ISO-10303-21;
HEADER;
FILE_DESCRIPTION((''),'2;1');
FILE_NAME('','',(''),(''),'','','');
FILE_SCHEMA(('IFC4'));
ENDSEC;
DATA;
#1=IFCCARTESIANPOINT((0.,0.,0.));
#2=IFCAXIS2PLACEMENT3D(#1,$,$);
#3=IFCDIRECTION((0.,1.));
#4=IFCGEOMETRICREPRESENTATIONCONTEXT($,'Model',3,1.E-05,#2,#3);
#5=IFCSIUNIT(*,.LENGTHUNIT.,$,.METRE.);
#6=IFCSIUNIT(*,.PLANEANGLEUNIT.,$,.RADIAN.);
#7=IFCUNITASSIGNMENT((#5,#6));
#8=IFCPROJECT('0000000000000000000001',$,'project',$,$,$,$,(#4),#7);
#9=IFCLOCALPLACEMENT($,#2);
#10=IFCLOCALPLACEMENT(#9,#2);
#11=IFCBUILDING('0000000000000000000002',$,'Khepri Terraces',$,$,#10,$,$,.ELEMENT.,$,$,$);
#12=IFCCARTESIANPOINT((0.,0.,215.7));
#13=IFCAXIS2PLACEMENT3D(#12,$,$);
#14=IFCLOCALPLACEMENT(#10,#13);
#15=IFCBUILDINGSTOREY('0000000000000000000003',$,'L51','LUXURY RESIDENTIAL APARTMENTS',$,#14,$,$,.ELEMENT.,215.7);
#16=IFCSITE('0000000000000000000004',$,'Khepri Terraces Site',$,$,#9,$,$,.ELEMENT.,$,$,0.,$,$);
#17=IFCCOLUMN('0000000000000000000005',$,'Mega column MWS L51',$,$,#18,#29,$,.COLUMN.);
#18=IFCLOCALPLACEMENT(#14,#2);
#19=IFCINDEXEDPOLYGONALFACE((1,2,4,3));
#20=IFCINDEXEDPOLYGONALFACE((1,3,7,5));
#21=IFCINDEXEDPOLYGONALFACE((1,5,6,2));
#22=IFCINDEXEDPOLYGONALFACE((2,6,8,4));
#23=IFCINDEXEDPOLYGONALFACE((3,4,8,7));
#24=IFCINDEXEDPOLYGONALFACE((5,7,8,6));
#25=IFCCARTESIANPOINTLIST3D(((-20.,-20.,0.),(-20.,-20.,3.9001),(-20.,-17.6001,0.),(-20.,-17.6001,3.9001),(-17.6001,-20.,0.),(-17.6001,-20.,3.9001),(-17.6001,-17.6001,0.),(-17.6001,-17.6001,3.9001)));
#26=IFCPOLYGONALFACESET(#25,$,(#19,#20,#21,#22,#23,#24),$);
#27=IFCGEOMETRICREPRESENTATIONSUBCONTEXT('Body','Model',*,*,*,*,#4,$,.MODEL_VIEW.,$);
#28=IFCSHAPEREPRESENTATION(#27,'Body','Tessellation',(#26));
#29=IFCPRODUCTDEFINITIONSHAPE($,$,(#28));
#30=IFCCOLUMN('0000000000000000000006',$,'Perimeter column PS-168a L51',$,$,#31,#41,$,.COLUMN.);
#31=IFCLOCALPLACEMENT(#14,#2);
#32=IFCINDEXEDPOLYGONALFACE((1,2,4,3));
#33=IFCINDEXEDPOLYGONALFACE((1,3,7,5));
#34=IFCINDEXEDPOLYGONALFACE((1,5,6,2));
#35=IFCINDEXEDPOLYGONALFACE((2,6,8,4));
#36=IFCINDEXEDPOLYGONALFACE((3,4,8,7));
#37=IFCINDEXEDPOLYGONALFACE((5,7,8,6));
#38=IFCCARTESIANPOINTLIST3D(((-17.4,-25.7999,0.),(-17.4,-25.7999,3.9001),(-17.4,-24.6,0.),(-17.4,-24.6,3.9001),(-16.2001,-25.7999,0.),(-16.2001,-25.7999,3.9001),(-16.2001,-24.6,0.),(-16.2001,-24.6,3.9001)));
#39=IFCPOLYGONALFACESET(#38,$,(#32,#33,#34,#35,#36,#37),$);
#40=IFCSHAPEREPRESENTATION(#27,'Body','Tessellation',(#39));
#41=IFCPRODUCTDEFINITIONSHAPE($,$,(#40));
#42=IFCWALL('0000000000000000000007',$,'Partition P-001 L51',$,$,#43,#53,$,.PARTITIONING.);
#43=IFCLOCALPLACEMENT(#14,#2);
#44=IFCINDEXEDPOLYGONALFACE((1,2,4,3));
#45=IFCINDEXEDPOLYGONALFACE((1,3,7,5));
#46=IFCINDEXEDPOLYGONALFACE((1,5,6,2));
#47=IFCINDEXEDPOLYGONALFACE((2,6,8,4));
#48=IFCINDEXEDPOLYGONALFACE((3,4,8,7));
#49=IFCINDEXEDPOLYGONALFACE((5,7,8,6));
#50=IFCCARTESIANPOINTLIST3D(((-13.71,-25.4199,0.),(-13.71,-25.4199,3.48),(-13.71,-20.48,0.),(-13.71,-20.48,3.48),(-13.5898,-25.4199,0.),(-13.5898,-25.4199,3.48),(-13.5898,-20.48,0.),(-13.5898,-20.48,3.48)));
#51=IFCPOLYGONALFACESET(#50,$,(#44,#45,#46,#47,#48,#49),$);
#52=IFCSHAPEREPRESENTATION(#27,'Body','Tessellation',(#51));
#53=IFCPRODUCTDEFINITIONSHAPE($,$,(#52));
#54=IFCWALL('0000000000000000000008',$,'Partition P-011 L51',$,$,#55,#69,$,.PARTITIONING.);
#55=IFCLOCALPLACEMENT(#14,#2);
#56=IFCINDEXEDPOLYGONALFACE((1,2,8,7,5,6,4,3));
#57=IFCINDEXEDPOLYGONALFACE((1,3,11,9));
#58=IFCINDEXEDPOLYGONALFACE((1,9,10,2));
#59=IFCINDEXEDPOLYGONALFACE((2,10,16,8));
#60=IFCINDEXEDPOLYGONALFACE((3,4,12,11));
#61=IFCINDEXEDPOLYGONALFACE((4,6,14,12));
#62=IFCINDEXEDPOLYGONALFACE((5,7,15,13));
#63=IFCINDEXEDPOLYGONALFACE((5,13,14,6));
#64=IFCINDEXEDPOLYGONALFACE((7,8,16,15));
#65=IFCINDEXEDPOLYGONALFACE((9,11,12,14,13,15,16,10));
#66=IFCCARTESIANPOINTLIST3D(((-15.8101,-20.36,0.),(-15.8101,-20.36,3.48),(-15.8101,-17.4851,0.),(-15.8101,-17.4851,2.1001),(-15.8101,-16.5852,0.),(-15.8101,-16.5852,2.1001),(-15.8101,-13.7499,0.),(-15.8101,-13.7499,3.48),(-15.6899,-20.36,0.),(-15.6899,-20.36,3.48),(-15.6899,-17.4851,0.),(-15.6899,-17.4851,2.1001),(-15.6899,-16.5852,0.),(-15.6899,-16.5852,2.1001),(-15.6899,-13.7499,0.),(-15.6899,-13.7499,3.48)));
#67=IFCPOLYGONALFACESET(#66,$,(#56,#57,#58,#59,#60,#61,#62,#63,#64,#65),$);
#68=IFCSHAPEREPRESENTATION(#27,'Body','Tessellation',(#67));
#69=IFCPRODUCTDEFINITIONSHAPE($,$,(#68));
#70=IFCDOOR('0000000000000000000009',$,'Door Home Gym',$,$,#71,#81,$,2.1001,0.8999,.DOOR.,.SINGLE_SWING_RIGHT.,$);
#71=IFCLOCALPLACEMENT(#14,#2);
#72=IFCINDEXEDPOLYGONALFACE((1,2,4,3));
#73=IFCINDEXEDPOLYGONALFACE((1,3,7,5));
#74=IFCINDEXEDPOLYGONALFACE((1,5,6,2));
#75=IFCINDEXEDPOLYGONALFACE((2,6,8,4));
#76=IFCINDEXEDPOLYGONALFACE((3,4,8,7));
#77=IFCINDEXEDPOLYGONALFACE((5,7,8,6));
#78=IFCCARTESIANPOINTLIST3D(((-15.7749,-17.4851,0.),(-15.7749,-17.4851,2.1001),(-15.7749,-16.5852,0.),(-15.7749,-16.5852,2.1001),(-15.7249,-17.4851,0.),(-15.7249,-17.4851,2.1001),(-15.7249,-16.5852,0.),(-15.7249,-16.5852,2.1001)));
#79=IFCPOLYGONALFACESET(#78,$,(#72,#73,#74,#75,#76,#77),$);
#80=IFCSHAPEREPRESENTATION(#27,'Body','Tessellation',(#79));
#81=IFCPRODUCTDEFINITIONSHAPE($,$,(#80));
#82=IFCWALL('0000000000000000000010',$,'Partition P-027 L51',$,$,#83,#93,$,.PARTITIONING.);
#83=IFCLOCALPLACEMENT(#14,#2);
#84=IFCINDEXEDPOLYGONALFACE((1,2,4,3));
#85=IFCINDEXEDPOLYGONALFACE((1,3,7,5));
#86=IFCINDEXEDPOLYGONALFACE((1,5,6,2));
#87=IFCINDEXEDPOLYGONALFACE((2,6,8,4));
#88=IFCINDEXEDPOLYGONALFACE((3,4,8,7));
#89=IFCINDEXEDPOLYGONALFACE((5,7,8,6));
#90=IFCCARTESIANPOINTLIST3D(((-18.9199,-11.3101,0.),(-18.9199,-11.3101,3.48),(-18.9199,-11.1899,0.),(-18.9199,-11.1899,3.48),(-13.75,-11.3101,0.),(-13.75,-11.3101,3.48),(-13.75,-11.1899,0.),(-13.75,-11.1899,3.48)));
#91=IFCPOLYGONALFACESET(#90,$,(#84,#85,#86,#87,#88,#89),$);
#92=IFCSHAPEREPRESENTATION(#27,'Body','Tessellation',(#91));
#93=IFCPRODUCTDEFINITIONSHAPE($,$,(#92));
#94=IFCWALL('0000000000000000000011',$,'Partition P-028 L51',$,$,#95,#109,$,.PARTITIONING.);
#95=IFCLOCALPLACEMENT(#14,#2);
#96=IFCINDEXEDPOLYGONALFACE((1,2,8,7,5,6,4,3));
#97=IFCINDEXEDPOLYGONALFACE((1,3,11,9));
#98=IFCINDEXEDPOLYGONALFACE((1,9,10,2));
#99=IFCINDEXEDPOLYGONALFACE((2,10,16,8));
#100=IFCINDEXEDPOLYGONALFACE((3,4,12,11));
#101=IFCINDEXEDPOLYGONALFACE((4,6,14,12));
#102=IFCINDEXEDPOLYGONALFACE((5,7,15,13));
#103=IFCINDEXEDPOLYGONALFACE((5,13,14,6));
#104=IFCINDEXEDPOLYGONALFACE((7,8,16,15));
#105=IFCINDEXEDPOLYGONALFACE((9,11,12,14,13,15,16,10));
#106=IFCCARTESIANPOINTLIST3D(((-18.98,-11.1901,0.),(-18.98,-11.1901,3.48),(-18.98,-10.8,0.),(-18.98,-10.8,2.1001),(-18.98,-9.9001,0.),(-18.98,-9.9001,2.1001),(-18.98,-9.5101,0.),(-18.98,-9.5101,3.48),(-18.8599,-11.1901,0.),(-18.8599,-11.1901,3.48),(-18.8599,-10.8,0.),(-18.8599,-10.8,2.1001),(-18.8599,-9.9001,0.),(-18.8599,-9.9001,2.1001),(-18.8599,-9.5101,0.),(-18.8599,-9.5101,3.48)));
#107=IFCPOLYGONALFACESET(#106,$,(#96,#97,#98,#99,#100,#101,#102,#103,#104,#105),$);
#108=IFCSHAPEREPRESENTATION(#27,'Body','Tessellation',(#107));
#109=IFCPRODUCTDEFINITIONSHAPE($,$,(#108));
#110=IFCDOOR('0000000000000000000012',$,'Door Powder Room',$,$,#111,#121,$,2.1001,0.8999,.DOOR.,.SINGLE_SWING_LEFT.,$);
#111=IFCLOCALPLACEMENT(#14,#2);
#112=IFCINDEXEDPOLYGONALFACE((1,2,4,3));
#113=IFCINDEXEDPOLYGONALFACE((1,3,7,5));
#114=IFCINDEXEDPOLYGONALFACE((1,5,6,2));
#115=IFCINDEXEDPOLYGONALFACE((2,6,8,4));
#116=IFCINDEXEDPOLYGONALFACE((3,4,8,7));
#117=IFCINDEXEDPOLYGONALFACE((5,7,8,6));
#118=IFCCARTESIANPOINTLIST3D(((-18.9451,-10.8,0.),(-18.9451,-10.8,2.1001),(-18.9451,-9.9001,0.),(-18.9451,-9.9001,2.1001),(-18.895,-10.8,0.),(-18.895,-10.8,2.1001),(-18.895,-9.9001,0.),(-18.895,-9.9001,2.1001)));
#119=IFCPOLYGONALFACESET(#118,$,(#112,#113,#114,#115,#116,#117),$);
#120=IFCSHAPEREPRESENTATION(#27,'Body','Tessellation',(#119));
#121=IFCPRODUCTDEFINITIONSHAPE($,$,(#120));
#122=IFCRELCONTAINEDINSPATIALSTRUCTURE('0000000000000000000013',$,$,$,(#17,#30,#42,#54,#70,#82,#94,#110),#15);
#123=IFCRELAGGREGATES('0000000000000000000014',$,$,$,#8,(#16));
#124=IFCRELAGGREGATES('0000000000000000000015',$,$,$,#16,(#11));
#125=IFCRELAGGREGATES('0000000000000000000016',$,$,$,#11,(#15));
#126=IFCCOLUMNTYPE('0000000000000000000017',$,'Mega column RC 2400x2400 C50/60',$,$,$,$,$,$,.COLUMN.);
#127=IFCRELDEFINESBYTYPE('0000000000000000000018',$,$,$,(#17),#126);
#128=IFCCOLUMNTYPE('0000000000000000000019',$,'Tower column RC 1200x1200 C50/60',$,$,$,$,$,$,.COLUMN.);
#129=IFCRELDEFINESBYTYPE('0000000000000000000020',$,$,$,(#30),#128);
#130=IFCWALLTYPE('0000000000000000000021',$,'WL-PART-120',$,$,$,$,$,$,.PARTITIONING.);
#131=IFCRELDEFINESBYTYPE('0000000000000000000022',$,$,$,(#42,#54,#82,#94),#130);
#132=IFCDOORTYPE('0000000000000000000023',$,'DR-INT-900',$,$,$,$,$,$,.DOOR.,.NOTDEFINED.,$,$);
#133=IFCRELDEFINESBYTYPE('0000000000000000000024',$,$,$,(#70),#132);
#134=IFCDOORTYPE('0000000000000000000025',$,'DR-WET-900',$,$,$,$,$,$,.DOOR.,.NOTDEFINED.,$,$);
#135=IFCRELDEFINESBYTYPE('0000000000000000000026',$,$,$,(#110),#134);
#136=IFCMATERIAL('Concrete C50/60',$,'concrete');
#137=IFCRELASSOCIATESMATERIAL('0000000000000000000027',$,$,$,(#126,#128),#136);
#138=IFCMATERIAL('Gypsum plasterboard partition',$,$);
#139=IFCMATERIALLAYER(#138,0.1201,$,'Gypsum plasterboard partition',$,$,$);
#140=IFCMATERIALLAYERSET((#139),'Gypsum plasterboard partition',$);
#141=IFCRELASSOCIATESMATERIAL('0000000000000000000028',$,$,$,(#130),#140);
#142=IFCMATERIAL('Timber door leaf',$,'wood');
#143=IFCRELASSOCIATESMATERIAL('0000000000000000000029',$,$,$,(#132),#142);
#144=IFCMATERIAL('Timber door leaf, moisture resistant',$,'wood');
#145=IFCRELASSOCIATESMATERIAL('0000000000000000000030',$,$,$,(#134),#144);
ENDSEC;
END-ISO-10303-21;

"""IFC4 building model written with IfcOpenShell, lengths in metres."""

from ifc_helpers import new_model, si_unit, direction, frame, frame_2d, origin, origin_2d, place, context, subcontext, project, spatial, rectangle, extrude, material, layer, layer_set, material_profile, profile_set, type_object, element, fill, save


model = new_model("IFC4")

# Units and contexts
model_context = context("Model", 3, precision=1e-05, world=origin(), true_north=direction((0.0, 1.0)))
body_context = subcontext(model_context, "Body", "Model", "MODEL_VIEW")
ifc_project = project(units=[si_unit("LENGTHUNIT", "METRE"), si_unit("PLANEANGLEUNIT", "RADIAN")], contexts=[model_context])

# Site, building, storey
site_placement = place(None, origin())
site = spatial("IfcSite", under=ifc_project, at=site_placement, Name="Khepri Terraces Site", CompositionType="ELEMENT", RefElevation=0.0)
building_placement = place(site_placement, origin())
building = spatial("IfcBuilding", under=site, at=building_placement, Name="Khepri Terraces", CompositionType="ELEMENT")
storey_placement = place(building_placement, frame((0.0, 0.0, 215.7)))
storey = spatial("IfcBuildingStorey", under=building, at=storey_placement, Name="L51", Description="LUXURY RESIDENTIAL APARTMENTS", CompositionType="ELEMENT", Elevation=215.7)

# Columns
ifc_material_1 = material(Name="Concrete C50/60", Category="concrete")
ifc_material_profile_1 = material_profile(ifc_material_1, rectangle(XDim=2.3999, YDim=2.3999, at=origin_2d()), Name="Concrete C50/60", Category="concrete")
ifc_profile_set_1 = profile_set([ifc_material_profile_1], Name="Concrete C50/60")
column_type_1 = type_object("IfcColumnType", Name="Mega column RC 2400x2400 C50/60", PredefinedType="COLUMN", material=ifc_profile_set_1)
column_1_placement = place(storey_placement, frame((-18.8, -18.8, 0.0), z_axis=(0.0, 0.0, 1.0), x_axis=(1.0, 0.0, 0.0)))
element("IfcColumn", 1, at=column_1_placement, inside=storey, type_object=column_type_1, Name="Mega column MWS L51", PredefinedType="COLUMN", context=body_context, shape_type="SweptSolid", body=[
    extrude(rectangle(XDim=2.3999, YDim=2.3999, at=origin_2d()), origin(), (0.0, 0.0, 1.0), 3.9001),
])
ifc_material_profile_2 = material_profile(ifc_material_1, rectangle(XDim=1.2, YDim=1.2, at=origin_2d()), Name="Concrete C50/60", Category="concrete")
ifc_profile_set_2 = profile_set([ifc_material_profile_2], Name="Concrete C50/60")
column_type_2 = type_object("IfcColumnType", Name="Tower column RC 1200x1200 C50/60", PredefinedType="COLUMN", material=ifc_profile_set_2)
column_2_placement = place(storey_placement, frame((-16.8, -25.2, 0.0), z_axis=(0.0, 0.0, 1.0), x_axis=(1.0, 0.0, 0.0)))
element("IfcColumn", 2, at=column_2_placement, inside=storey, type_object=column_type_2, Name="Perimeter column PS-168a L51", PredefinedType="COLUMN", context=body_context, shape_type="SweptSolid", body=[
    extrude(rectangle(XDim=1.2, YDim=1.2, at=origin_2d()), origin(), (0.0, 0.0, 1.0), 3.9001),
])

# Wall
ifc_material_2 = material(Name="Gypsum plasterboard partition")
ifc_layer_1 = layer(ifc_material_2, 0.1201, Name="Gypsum plasterboard partition")
ifc_layer_set_1 = layer_set([ifc_layer_1], Name="Gypsum plasterboard partition")
wall_type_1 = type_object("IfcWallType", Name="WL-PART-120", PredefinedType="PARTITIONING", material=ifc_layer_set_1)
wall_1_placement = place(storey_placement, frame((-13.6499, -25.4199, 0.0), z_axis=(0.0, 0.0, 1.0), x_axis=(0.0, 1.0, 0.0)))
element("IfcWall", 3, at=wall_1_placement, inside=storey, type_object=wall_type_1, Name="Partition P-001 L51", PredefinedType="PARTITIONING", context=body_context, shape_type="SweptSolid", body=[
    extrude(rectangle(XDim=4.9399, YDim=0.1201, at=frame_2d((2.47, 0.0))), origin(), (0.0, 0.0, 1.0), 3.48),
])

# Wall, opening, door
wall_2_placement = place(storey_placement, frame((-15.75, -20.3601, 0.0), z_axis=(0.0, 0.0, 1.0), x_axis=(0.0, 1.0, 0.0)))
wall_2 = element("IfcWall", 4, at=wall_2_placement, inside=storey, type_object=wall_type_1, Name="Partition P-011 L51", PredefinedType="PARTITIONING", context=body_context, shape_type="SweptSolid", body=[
    extrude(rectangle(XDim=6.6101, YDim=0.1201, at=frame_2d((3.3052, 0.0))), origin(), (0.0, 0.0, 1.0), 3.48),
])
opening_1_placement = place(wall_2_placement, frame((2.875, 0.0, 0.0)))
opening_1 = element("IfcOpeningElement", 5, at=opening_1_placement, cuts=wall_2, PredefinedType="OPENING", context=body_context, shape_type="SweptSolid", body=[
    extrude(rectangle(XDim=0.8999, YDim=2.1001, at=frame_2d((0.45, 1.05))), frame((0.0, 0.0701, 0.0), z_axis=(0.0, -1.0, 0.0), x_axis=(1.0, 0.0, 0.0)), (0.0, 0.0, 1.0), 0.1401),
])
ifc_material_3 = material(Name="Timber door leaf", Category="wood")
door_type_1 = type_object("IfcDoorType", Name="DR-INT-900", OperationType="NOTDEFINED", PredefinedType="DOOR", material=ifc_material_3)
door_1_placement = place(opening_1_placement, origin())
door_1 = element("IfcDoor", 6, at=door_1_placement, inside=storey, type_object=door_type_1, Name="Door Home Gym", OperationType="SINGLE_SWING_RIGHT", OverallHeight=2.1001, OverallWidth=0.8999, PredefinedType="DOOR", context=body_context, shape_type="SweptSolid", body=[
    extrude(rectangle(XDim=0.8999, YDim=2.1001, at=frame_2d((0.45, 1.05))), frame((0.0, 0.0249, 0.0), z_axis=(0.0, -1.0, 0.0), x_axis=(1.0, 0.0, 0.0)), (0.0, 0.0, 1.0), 0.05),
])
fill(opening_1, door_1)

# Wall
wall_3_placement = place(storey_placement, frame((-18.9199, -11.25, 0.0), z_axis=(0.0, 0.0, 1.0), x_axis=(1.0, 0.0, 0.0)))
element("IfcWall", 7, at=wall_3_placement, inside=storey, type_object=wall_type_1, Name="Partition P-027 L51", PredefinedType="PARTITIONING", context=body_context, shape_type="SweptSolid", body=[
    extrude(rectangle(XDim=5.1699, YDim=0.1201, at=frame_2d((2.585, 0.0))), origin(), (0.0, 0.0, 1.0), 3.48),
])

# Wall, opening, door
wall_4_placement = place(storey_placement, frame((-18.9199, -11.1899, 0.0), z_axis=(0.0, 0.0, 1.0), x_axis=(0.0, 1.0, 0.0)))
wall_4 = element("IfcWall", 8, at=wall_4_placement, inside=storey, type_object=wall_type_1, Name="Partition P-028 L51", PredefinedType="PARTITIONING", context=body_context, shape_type="SweptSolid", body=[
    extrude(rectangle(XDim=1.6799, YDim=0.1201, at=frame_2d((0.8398, 0.0))), origin(), (0.0, 0.0, 1.0), 3.48),
])
opening_2_placement = place(wall_4_placement, frame((0.3899, 0.0, 0.0)))
opening_2 = element("IfcOpeningElement", 9, at=opening_2_placement, cuts=wall_4, PredefinedType="OPENING", context=body_context, shape_type="SweptSolid", body=[
    extrude(rectangle(XDim=0.8999, YDim=2.1001, at=frame_2d((0.45, 1.05))), frame((0.0, 0.0701, 0.0), z_axis=(0.0, -1.0, 0.0), x_axis=(1.0, 0.0, 0.0)), (0.0, 0.0, 1.0), 0.1401),
])
ifc_material_4 = material(Name="Timber door leaf, moisture resistant", Category="wood")
door_type_2 = type_object("IfcDoorType", Name="DR-WET-900", OperationType="NOTDEFINED", PredefinedType="DOOR", material=ifc_material_4)
door_2_placement = place(opening_2_placement, frame((0.8999, 0.0, 0.0), z_axis=(0.0, 0.0, 1.0), x_axis=(-1.0, 0.0, 0.0)))
door_2 = element("IfcDoor", 10, at=door_2_placement, inside=storey, type_object=door_type_2, Name="Door Powder Room", OperationType="SINGLE_SWING_LEFT", OverallHeight=2.1001, OverallWidth=0.8999, PredefinedType="DOOR", context=body_context, shape_type="SweptSolid", body=[
    extrude(rectangle(XDim=0.8999, YDim=2.1001, at=frame_2d((0.45, 1.05))), frame((0.0, 0.0249, 0.0), z_axis=(0.0, -1.0, 0.0), x_axis=(1.0, 0.0, 0.0)), (0.0, 0.0, 1.0), 0.05),
])
fill(opening_2, door_2)

save(model, "model.ifc")
